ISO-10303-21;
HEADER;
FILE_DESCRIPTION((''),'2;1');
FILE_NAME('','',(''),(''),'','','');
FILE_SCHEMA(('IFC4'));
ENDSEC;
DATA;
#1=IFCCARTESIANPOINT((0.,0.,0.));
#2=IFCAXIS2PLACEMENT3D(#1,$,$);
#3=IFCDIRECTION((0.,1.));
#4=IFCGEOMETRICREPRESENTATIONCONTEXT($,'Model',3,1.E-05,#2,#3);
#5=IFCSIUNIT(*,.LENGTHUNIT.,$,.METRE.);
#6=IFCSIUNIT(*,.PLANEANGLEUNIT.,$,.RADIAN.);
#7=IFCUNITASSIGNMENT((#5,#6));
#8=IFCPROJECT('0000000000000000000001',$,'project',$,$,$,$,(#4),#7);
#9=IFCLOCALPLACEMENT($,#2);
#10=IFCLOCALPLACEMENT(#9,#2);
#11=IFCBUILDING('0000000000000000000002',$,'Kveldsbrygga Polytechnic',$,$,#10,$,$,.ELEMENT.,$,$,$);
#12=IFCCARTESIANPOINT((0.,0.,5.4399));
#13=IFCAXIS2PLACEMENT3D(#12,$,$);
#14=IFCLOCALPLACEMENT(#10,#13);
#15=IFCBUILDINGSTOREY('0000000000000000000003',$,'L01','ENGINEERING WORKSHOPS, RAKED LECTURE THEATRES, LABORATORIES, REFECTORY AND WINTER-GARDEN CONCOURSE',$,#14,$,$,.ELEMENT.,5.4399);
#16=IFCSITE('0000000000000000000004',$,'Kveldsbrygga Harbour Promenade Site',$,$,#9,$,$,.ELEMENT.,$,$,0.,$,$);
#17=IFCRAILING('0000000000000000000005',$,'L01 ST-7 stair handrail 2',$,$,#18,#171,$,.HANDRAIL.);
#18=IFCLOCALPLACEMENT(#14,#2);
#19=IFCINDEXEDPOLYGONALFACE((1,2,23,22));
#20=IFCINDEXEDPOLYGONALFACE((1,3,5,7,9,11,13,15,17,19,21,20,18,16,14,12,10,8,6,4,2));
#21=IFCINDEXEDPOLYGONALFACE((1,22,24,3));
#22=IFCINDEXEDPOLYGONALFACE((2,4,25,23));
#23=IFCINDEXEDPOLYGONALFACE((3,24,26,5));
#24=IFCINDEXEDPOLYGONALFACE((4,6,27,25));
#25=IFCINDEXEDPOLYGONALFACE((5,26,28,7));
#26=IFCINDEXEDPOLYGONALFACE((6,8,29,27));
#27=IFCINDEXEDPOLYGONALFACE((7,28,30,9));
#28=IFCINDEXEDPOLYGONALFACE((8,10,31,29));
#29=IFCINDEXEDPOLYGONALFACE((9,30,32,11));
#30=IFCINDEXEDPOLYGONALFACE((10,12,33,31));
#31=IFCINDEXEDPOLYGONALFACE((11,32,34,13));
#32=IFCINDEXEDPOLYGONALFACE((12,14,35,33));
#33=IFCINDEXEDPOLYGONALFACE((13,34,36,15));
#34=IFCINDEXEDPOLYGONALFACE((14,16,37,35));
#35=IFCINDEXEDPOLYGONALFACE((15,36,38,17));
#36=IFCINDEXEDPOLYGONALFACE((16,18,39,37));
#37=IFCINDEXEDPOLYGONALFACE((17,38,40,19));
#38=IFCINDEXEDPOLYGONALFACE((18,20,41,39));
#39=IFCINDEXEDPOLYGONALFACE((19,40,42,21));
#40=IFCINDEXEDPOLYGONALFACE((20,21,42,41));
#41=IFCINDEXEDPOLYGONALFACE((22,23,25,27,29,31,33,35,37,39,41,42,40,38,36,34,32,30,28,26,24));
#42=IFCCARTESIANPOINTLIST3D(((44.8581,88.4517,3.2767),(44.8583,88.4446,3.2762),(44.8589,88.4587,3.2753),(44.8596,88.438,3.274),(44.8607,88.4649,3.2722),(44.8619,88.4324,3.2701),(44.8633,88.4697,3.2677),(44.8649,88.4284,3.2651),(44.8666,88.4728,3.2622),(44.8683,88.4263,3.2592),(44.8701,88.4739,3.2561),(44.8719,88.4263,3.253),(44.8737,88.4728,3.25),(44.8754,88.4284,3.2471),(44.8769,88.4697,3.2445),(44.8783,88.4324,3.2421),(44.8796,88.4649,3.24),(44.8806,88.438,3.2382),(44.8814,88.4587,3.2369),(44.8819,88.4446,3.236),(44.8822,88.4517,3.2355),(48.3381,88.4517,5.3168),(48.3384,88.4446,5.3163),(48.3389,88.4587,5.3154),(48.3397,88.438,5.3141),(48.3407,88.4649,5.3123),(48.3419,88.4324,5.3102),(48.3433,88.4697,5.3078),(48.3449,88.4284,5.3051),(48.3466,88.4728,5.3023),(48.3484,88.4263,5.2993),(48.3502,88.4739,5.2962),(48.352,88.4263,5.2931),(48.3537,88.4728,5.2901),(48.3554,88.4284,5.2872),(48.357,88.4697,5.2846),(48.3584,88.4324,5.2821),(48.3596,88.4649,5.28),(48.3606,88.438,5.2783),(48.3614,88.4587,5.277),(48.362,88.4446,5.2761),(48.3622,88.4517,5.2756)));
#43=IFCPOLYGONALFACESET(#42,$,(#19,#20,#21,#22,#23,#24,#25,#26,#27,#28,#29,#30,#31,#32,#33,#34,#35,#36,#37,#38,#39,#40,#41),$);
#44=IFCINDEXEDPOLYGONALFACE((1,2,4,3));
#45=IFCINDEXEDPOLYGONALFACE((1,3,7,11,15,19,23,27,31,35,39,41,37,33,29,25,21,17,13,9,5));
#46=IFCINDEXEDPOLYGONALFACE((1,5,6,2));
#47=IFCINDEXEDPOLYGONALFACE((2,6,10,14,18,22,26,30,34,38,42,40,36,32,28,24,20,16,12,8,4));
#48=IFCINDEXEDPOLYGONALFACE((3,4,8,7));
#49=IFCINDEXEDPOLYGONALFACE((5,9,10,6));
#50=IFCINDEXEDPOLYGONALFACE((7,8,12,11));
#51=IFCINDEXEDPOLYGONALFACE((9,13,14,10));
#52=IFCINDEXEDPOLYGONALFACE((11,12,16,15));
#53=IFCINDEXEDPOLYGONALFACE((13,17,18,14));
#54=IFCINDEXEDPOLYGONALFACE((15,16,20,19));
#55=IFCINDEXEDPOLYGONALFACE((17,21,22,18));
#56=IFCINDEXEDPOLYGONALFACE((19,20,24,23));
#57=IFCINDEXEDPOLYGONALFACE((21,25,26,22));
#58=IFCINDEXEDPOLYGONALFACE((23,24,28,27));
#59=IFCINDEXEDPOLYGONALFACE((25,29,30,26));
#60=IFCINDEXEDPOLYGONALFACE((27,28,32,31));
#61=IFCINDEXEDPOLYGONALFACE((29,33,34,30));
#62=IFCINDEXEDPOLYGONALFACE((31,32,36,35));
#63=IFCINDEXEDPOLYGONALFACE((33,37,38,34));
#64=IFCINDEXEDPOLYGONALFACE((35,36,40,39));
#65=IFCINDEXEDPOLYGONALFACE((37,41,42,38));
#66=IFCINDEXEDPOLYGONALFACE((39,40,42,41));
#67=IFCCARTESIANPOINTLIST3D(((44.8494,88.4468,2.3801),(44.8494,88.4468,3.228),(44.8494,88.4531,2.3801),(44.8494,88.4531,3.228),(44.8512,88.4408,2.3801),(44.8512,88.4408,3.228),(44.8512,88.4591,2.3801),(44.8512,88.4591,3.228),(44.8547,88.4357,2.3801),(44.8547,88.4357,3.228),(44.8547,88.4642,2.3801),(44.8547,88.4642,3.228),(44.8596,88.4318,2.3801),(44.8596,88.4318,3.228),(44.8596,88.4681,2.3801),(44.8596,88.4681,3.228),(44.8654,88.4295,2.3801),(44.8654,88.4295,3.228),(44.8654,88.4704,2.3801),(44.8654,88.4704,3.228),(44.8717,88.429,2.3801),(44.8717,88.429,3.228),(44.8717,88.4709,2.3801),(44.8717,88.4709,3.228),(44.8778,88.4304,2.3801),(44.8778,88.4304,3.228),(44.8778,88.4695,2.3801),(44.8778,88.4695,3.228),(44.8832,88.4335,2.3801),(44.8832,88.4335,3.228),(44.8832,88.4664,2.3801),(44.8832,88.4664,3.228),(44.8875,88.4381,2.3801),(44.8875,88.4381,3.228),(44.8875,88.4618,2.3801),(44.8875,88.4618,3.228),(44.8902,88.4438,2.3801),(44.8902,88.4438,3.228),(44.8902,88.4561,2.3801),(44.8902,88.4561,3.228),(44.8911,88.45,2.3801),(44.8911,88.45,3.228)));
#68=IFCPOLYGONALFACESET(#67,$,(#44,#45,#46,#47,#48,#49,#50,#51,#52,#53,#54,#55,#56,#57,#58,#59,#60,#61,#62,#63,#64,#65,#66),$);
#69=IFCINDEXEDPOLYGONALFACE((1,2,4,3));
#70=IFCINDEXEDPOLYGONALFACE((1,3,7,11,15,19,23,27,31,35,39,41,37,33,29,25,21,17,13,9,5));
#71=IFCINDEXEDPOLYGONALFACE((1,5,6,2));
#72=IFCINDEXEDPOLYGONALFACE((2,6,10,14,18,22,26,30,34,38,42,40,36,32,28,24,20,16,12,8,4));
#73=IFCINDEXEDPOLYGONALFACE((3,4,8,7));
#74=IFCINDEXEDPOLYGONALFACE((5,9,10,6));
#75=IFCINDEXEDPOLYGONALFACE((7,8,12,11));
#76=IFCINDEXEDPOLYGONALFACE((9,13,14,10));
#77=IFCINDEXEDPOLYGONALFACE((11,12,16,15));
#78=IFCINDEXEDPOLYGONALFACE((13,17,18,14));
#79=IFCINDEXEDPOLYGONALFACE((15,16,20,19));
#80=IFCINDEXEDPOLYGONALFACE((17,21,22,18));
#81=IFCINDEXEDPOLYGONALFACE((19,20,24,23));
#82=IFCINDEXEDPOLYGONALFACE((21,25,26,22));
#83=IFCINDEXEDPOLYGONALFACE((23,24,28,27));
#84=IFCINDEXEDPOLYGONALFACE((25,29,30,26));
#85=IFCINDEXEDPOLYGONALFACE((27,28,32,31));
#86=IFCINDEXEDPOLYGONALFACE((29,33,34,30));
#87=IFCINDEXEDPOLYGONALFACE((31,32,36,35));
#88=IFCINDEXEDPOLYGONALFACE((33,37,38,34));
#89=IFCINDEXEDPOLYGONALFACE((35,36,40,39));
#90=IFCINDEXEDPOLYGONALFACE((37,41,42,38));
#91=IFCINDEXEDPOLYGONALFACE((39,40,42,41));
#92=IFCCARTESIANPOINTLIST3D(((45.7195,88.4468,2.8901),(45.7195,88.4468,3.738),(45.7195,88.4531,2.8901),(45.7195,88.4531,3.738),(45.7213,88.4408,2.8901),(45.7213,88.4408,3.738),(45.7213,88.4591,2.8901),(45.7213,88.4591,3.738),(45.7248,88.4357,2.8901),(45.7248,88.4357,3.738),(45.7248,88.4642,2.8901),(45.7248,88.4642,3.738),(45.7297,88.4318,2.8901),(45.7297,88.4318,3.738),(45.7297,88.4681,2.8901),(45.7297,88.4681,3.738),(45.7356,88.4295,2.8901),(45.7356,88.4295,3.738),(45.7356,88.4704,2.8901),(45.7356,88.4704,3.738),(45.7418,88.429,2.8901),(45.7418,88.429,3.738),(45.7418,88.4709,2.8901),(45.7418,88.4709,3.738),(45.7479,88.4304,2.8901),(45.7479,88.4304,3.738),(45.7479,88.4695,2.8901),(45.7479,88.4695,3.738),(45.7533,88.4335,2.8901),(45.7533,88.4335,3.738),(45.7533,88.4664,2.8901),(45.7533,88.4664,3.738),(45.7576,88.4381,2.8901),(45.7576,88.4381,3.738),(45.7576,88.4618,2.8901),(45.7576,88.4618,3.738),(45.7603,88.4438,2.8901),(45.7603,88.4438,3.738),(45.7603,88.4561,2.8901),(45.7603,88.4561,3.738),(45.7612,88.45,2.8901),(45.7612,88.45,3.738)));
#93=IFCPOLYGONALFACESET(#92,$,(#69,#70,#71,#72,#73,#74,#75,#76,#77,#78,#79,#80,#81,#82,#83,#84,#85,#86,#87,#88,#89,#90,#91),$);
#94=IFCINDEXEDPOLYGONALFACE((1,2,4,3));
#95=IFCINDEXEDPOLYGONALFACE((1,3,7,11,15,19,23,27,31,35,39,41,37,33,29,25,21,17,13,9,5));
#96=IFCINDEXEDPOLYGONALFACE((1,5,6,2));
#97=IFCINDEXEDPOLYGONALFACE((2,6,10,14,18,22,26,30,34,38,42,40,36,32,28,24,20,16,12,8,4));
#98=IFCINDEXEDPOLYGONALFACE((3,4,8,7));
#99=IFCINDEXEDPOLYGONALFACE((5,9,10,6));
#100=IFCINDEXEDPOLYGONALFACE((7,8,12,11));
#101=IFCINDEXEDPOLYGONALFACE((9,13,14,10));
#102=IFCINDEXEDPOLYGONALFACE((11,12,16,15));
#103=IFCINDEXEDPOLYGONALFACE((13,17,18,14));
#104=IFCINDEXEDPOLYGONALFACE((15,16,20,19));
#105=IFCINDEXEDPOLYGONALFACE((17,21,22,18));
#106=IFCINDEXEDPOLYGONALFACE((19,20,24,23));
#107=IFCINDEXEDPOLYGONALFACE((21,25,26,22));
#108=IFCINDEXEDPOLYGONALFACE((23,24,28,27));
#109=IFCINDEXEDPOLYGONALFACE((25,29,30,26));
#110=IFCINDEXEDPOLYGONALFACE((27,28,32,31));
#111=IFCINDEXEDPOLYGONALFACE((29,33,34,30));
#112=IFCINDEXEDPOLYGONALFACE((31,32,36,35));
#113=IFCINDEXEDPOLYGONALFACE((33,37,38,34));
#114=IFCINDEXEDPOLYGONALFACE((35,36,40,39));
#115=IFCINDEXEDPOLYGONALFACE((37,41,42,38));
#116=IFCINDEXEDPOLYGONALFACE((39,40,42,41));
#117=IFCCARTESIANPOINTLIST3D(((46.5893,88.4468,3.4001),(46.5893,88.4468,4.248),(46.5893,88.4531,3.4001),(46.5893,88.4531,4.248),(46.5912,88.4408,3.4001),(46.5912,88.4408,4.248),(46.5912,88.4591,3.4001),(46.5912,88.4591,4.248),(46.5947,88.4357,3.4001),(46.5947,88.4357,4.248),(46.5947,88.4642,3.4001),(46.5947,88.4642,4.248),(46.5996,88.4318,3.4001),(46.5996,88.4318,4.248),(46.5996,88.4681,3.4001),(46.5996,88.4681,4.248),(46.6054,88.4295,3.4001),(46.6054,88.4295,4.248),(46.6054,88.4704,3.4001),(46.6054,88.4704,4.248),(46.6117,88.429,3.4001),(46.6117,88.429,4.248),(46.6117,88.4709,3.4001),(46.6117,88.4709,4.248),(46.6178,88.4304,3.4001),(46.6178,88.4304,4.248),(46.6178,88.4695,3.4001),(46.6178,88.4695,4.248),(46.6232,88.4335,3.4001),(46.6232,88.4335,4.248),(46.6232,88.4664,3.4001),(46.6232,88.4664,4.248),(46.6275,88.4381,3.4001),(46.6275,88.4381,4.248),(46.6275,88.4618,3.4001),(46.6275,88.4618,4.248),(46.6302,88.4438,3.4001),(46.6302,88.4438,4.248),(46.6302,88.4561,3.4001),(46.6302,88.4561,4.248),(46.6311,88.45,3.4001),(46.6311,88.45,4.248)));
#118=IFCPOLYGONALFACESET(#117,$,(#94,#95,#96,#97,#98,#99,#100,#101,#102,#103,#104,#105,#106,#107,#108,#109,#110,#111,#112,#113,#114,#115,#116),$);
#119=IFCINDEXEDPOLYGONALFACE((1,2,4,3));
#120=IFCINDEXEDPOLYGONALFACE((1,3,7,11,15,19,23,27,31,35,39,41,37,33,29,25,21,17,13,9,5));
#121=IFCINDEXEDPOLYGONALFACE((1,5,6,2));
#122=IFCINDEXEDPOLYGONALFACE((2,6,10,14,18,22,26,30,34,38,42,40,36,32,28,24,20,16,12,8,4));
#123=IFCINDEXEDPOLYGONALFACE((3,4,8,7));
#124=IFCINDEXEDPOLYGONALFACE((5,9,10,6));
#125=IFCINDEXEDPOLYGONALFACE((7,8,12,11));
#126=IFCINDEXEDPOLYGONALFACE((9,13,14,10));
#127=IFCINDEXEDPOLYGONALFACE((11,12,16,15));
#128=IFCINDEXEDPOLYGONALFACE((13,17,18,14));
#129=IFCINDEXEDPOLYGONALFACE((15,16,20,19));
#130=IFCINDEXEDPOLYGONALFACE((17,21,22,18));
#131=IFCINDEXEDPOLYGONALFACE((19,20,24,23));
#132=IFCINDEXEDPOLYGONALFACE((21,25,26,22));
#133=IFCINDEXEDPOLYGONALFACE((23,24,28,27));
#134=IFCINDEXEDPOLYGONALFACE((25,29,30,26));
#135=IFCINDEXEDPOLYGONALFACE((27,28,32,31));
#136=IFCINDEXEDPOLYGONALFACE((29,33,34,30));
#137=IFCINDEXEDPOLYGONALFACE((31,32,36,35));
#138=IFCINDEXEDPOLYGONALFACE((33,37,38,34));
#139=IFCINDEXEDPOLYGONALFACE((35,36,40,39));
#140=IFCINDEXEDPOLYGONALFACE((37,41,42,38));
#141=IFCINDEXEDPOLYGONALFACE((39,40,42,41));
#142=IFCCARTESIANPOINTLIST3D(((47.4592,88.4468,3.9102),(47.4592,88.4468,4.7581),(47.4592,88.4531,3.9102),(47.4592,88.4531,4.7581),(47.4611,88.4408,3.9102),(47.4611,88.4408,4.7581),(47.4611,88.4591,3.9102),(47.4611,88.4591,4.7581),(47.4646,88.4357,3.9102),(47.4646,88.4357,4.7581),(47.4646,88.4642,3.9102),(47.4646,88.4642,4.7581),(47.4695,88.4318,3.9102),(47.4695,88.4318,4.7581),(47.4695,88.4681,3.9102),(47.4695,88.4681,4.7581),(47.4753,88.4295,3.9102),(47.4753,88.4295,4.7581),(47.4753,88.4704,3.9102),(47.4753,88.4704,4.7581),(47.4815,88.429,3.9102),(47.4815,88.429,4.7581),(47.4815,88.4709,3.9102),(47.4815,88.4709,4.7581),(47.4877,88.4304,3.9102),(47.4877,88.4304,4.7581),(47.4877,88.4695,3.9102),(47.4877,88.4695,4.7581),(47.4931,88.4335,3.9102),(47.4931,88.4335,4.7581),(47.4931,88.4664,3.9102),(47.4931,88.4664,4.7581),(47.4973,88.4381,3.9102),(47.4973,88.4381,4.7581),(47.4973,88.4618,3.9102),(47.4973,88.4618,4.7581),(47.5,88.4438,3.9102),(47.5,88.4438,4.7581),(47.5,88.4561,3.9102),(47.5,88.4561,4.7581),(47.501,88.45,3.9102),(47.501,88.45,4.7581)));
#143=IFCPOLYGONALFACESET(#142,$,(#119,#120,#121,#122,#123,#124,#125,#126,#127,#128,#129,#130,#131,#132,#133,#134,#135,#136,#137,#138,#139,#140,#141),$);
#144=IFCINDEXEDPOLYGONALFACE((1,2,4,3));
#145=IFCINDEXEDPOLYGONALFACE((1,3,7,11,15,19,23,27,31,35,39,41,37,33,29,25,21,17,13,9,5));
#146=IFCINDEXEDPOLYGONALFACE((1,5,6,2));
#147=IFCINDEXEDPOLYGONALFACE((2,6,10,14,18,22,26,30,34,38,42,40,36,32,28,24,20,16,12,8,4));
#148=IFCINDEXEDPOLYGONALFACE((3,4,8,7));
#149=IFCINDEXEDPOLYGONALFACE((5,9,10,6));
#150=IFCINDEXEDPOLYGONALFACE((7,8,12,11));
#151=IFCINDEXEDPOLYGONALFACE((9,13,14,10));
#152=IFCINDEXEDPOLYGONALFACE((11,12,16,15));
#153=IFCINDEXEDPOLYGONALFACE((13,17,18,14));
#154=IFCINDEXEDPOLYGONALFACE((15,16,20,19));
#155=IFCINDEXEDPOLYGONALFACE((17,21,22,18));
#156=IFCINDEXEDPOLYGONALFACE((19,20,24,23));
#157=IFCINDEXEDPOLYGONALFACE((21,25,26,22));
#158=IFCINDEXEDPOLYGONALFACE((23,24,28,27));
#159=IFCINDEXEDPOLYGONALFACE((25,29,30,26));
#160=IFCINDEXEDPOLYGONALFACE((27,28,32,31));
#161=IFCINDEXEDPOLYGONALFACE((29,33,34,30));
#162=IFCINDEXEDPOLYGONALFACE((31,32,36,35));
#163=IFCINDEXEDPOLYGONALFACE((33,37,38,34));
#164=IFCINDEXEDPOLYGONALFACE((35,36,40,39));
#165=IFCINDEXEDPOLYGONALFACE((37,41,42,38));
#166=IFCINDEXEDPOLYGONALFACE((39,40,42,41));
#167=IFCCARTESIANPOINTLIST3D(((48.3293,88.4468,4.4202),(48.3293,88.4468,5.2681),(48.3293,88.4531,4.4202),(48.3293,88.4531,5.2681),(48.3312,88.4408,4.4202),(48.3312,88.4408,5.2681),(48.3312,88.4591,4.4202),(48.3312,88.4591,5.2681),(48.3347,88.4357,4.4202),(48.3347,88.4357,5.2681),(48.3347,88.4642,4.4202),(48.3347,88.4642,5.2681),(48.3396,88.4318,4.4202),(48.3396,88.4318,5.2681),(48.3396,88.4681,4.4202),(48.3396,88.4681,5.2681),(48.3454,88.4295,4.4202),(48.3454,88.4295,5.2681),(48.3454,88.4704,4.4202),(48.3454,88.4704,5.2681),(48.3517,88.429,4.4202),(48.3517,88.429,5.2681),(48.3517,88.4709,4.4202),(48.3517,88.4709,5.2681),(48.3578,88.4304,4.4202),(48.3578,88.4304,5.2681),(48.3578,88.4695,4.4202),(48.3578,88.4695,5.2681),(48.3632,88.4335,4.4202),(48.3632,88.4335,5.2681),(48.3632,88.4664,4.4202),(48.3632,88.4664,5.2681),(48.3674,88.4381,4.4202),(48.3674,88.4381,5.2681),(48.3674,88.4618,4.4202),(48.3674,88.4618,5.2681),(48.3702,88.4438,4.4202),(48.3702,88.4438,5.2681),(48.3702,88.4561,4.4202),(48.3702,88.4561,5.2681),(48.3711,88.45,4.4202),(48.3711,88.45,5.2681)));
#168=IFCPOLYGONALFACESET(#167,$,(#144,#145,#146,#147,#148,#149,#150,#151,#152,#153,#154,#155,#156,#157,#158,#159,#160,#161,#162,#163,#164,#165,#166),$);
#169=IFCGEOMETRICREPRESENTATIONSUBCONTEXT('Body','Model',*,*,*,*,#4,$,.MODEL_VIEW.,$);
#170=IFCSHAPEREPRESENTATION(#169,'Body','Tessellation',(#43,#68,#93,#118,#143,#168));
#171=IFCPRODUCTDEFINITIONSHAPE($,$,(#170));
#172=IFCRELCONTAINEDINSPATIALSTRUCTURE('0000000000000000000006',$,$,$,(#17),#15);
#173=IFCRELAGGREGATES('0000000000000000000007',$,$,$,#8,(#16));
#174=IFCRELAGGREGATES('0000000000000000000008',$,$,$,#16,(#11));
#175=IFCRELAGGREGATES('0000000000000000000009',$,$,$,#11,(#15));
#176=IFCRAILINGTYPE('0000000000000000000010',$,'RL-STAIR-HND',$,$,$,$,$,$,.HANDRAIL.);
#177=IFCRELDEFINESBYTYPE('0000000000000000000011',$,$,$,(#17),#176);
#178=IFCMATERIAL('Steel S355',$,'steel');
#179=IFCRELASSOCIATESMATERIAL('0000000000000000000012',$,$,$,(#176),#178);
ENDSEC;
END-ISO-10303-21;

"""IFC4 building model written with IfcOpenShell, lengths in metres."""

from ifc_helpers import new_model, si_unit, direction, frame, origin, origin_2d, place, context, subcontext, project, spatial, circle, extrude, material, type_object, element, save


model = new_model("IFC4")

# Units and contexts
model_context = context("Model", 3, precision=1e-05, world=origin(), true_north=direction((0.0, 1.0)))
body_context = subcontext(model_context, "Body", "Model", "MODEL_VIEW")
ifc_project = project(units=[si_unit("LENGTHUNIT", "METRE"), si_unit("PLANEANGLEUNIT", "RADIAN")], contexts=[model_context])

# Site, building, storey
site_placement = place(None, origin())
site = spatial("IfcSite", under=ifc_project, at=site_placement, Name="Kveldsbrygga Harbour Promenade Site", CompositionType="ELEMENT", RefElevation=0.0)
building_placement = place(site_placement, origin())
building = spatial("IfcBuilding", under=site, at=building_placement, Name="Kveldsbrygga Polytechnic", CompositionType="ELEMENT")
storey_placement = place(building_placement, frame((0.0, 0.0, 5.4399)))
storey = spatial("IfcBuildingStorey", under=building, at=storey_placement, Name="L01", Description="ENGINEERING WORKSHOPS, RAKED LECTURE THEATRES, LABORATORIES, REFECTORY AND WINTER-GARDEN CONCOURSE", CompositionType="ELEMENT", Elevation=5.4399)

# Shared definitions
ifc_material_1 = material(Name="Steel S355", Category="steel")

# Railing
railing_type = type_object("IfcRailingType", Name="RL-STAIR-HND", PredefinedType="HANDRAIL", material=ifc_material_1)
railing_placement = place(storey_placement, frame((44.8701, 88.45, 2.3801)))
element("IfcRailing", 1, at=railing_placement, inside=storey, type_object=railing_type, Name="L01 ST-7 stair handrail 2", PredefinedType="HANDRAIL", context=body_context, shape_type="SweptSolid", body=[
    extrude(circle(Radius=0.0239, at=origin_2d()), frame((0.0, 0.0, 0.876), z_axis=(0.862693, 0.0, 0.505729), x_axis=(0.0, 1.0, 0.0)), (0.0, 0.0, 1.0), 4.0339),
    extrude(circle(Radius=0.021, at=origin_2d()), origin(), (0.0, 0.0, 1.0), 0.8479),
    extrude(circle(Radius=0.021, at=origin_2d()), frame((0.8701, 0.0, 0.51)), (0.0, 0.0, 1.0), 0.8479),
    extrude(circle(Radius=0.021, at=origin_2d()), frame((1.74, 0.0, 1.02)), (0.0, 0.0, 1.0), 0.8479),
    extrude(circle(Radius=0.021, at=origin_2d()), frame((2.6099, 0.0, 1.53)), (0.0, 0.0, 1.0), 0.8479),
    extrude(circle(Radius=0.021, at=origin_2d()), frame((3.48, 0.0, 2.04)), (0.0, 0.0, 1.0), 0.8479),
])

save(model, "model.ifc")
